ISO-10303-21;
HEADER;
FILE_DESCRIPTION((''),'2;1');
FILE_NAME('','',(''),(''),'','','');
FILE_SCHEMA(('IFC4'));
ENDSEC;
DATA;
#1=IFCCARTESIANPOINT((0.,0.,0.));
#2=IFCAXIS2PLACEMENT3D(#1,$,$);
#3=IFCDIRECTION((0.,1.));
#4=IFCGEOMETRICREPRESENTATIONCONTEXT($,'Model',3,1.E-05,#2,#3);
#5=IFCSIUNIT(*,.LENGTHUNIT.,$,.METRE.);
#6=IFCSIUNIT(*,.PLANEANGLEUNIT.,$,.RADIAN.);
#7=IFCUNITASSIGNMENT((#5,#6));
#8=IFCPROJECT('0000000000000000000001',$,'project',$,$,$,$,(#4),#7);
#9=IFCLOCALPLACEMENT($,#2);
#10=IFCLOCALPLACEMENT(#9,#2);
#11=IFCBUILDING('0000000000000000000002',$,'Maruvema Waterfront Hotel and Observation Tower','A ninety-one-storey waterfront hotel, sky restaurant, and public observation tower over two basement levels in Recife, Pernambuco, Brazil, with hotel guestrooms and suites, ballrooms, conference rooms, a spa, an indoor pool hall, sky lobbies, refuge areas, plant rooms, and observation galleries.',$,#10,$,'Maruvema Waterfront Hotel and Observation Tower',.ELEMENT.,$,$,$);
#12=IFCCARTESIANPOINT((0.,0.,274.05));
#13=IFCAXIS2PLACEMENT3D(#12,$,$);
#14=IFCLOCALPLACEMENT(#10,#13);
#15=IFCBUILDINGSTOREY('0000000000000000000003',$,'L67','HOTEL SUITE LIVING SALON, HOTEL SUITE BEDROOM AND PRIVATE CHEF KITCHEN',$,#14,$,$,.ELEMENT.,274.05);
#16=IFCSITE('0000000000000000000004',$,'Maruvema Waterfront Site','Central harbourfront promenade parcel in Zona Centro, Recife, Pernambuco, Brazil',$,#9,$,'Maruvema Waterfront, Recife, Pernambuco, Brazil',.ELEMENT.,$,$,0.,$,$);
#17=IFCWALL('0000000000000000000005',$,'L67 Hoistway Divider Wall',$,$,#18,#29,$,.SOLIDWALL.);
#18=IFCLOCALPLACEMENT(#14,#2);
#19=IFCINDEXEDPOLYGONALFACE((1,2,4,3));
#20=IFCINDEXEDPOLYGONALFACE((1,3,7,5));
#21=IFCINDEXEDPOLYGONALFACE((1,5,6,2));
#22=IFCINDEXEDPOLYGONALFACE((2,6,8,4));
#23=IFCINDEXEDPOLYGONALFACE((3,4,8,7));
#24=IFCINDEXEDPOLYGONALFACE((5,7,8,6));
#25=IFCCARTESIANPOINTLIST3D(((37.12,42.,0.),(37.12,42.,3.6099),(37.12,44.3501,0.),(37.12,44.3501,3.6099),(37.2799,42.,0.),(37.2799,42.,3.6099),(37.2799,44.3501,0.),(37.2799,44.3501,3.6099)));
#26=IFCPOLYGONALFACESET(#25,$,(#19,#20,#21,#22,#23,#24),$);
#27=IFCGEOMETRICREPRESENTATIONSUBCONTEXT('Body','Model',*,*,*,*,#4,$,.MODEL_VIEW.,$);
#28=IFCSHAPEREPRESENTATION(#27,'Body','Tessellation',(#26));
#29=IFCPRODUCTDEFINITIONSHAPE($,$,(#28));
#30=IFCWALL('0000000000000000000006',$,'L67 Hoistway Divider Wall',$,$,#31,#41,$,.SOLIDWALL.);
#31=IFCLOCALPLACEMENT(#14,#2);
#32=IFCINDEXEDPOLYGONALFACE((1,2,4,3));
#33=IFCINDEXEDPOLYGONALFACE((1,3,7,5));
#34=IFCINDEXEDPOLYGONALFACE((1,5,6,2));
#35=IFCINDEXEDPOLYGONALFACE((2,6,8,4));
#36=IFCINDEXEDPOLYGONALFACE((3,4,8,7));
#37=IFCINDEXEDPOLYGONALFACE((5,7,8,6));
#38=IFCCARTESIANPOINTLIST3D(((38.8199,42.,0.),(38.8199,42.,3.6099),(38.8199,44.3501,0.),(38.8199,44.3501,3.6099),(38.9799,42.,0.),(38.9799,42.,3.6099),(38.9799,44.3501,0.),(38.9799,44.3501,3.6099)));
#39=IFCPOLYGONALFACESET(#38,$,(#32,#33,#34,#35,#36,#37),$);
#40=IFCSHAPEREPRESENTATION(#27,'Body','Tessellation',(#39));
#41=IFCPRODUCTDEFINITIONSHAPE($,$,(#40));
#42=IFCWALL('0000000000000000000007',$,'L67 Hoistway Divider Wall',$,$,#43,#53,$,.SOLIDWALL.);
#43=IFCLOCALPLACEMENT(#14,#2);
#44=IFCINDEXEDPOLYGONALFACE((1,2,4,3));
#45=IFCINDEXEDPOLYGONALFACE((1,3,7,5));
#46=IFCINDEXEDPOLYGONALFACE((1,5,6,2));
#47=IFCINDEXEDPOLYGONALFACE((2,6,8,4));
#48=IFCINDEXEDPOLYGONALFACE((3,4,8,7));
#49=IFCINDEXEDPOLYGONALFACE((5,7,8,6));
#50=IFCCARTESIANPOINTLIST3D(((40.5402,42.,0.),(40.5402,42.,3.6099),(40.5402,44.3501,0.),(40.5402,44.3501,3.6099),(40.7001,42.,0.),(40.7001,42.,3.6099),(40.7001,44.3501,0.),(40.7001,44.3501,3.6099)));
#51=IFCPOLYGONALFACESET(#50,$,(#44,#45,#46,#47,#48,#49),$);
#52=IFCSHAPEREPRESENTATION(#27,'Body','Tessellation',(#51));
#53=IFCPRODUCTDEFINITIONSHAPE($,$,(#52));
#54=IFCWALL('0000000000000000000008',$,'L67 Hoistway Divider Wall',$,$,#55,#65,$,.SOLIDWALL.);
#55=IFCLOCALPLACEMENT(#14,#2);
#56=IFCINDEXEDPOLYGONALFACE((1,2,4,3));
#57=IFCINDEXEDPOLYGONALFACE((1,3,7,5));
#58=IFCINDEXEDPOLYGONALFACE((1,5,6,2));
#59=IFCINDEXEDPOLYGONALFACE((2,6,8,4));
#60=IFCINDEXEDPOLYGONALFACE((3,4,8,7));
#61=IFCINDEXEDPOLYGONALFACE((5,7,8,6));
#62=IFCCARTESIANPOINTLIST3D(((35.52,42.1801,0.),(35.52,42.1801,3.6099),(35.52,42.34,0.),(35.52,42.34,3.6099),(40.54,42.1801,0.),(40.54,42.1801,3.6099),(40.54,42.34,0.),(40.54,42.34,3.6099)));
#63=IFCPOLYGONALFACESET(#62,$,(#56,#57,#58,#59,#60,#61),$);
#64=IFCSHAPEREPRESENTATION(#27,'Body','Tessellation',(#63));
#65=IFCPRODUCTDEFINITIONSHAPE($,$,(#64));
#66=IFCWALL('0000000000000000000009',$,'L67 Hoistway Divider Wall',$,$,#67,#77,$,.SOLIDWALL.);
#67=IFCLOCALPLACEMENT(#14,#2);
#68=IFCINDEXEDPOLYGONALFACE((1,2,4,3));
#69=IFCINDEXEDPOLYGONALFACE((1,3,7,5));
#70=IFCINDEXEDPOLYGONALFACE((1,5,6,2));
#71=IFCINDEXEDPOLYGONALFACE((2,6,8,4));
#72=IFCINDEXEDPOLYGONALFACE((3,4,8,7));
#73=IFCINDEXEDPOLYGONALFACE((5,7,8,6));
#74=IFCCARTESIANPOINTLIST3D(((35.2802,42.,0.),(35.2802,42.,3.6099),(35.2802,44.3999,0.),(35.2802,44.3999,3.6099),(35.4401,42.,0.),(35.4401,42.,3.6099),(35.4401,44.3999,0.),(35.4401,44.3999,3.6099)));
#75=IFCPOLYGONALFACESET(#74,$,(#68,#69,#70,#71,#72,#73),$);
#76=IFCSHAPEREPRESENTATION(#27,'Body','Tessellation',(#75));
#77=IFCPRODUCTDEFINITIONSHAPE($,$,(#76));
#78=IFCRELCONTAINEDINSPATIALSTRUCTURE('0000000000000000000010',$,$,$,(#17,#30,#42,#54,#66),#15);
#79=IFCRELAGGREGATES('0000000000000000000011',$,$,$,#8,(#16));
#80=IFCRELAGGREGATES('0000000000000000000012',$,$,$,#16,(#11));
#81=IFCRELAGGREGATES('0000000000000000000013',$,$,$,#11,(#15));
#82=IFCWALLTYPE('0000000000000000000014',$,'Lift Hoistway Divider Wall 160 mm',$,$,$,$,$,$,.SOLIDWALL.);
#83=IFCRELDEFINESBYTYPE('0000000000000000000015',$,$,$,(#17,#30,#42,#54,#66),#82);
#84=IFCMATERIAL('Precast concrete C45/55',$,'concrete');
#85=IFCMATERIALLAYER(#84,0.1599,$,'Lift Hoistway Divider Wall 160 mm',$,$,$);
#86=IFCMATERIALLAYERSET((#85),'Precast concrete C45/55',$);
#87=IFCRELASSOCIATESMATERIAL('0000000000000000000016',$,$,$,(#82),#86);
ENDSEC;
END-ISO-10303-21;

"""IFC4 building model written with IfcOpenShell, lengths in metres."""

from ifc_helpers import new_model, si_unit, direction, frame, frame_2d, origin, place, context, subcontext, project, spatial, rectangle, extrude, material, layer, layer_set, type_object, element, save


model = new_model("IFC4")

# Units and contexts
model_context = context("Model", 3, precision=1e-05, world=origin(), true_north=direction((0.0, 1.0)))
body_context = subcontext(model_context, "Body", "Model", "MODEL_VIEW")
ifc_project = project(units=[si_unit("LENGTHUNIT", "METRE"), si_unit("PLANEANGLEUNIT", "RADIAN")], contexts=[model_context])

# Site, building, storey
site_placement = place(None, origin())
site = spatial("IfcSite", under=ifc_project, at=site_placement, Name="Maruvema Waterfront Site", Description="Central harbourfront promenade parcel in Zona Centro, Recife, Pernambuco, Brazil", LongName="Maruvema Waterfront, Recife, Pernambuco, Brazil", CompositionType="ELEMENT", RefElevation=0.0)
building_placement = place(site_placement, origin())
building = spatial("IfcBuilding", under=site, at=building_placement, Name="Maruvema Waterfront Hotel and Observation Tower", Description="A ninety-one-storey waterfront hotel, sky restaurant, and public observation tower over two basement levels in Recife, Pernambuco, Brazil, with hotel guestrooms and suites, ballrooms, conference rooms, a spa, an indoor pool hall, sky lobbies, refuge areas, plant rooms, and observation galleries.", LongName="Maruvema Waterfront Hotel and Observation Tower", CompositionType="ELEMENT")
storey_placement = place(building_placement, frame((0.0, 0.0, 274.05)))
storey = spatial("IfcBuildingStorey", under=building, at=storey_placement, Name="L67", Description="HOTEL SUITE LIVING SALON, HOTEL SUITE BEDROOM AND PRIVATE CHEF KITCHEN", CompositionType="ELEMENT", Elevation=274.05)

# Walls
ifc_material_1 = material(Name="Precast concrete C45/55", Category="concrete")
ifc_layer_1 = layer(ifc_material_1, 0.1599, Name="Lift Hoistway Divider Wall 160 mm")
ifc_layer_set_1 = layer_set([ifc_layer_1], Name="Precast concrete C45/55")
wall_type_1 = type_object("IfcWallType", Name="Lift Hoistway Divider Wall 160 mm", PredefinedType="SOLIDWALL", material=ifc_layer_set_1)
for number, where, z_axis, x_axis, name in (
    (1, (37.2, 42.0, 0.0), (0.0, 0.0, 1.0), (0.0, 1.0, 0.0), "L67 Hoistway Divider Wall"),
    (2, (38.8999, 42.0, 0.0), (0.0, 0.0, 1.0), (0.0, 1.0, 0.0), "L67 Hoistway Divider Wall"),
    (3, (40.6201, 42.0, 0.0), (0.0, 0.0, 1.0), (0.0, 1.0, 0.0), "L67 Hoistway Divider Wall"),
):
    element("IfcWall", number, at=place(storey_placement, frame(where, z_axis=z_axis, x_axis=x_axis)), inside=storey, type_object=wall_type_1, Name=name, PredefinedType="SOLIDWALL", context=body_context, shape_type="SweptSolid", body=[
        extrude(rectangle(XDim=2.3501, YDim=0.1599, at=frame_2d((1.175, 0.0))), origin(), (0.0, 0.0, 1.0), 3.6099),
    ])
wall_1_placement = place(storey_placement, frame((35.52, 42.26, 0.0), z_axis=(0.0, 0.0, 1.0), x_axis=(1.0, 0.0, 0.0)))
element("IfcWall", 4, at=wall_1_placement, inside=storey, type_object=wall_type_1, Name="L67 Hoistway Divider Wall", PredefinedType="SOLIDWALL", context=body_context, shape_type="SweptSolid", body=[
    extrude(rectangle(XDim=5.02, YDim=0.1599, at=frame_2d((2.51, 0.0))), origin(), (0.0, 0.0, 1.0), 3.6099),
])
wall_2_placement = place(storey_placement, frame((35.3601, 42.0, 0.0), z_axis=(0.0, 0.0, 1.0), x_axis=(0.0, 1.0, 0.0)))
element("IfcWall", 5, at=wall_2_placement, inside=storey, type_object=wall_type_1, Name="L67 Hoistway Divider Wall", PredefinedType="SOLIDWALL", context=body_context, shape_type="SweptSolid", body=[
    extrude(rectangle(XDim=2.3999, YDim=0.1599, at=frame_2d((1.2, 0.0))), origin(), (0.0, 0.0, 1.0), 3.6099),
])

save(model, "model.ifc")
